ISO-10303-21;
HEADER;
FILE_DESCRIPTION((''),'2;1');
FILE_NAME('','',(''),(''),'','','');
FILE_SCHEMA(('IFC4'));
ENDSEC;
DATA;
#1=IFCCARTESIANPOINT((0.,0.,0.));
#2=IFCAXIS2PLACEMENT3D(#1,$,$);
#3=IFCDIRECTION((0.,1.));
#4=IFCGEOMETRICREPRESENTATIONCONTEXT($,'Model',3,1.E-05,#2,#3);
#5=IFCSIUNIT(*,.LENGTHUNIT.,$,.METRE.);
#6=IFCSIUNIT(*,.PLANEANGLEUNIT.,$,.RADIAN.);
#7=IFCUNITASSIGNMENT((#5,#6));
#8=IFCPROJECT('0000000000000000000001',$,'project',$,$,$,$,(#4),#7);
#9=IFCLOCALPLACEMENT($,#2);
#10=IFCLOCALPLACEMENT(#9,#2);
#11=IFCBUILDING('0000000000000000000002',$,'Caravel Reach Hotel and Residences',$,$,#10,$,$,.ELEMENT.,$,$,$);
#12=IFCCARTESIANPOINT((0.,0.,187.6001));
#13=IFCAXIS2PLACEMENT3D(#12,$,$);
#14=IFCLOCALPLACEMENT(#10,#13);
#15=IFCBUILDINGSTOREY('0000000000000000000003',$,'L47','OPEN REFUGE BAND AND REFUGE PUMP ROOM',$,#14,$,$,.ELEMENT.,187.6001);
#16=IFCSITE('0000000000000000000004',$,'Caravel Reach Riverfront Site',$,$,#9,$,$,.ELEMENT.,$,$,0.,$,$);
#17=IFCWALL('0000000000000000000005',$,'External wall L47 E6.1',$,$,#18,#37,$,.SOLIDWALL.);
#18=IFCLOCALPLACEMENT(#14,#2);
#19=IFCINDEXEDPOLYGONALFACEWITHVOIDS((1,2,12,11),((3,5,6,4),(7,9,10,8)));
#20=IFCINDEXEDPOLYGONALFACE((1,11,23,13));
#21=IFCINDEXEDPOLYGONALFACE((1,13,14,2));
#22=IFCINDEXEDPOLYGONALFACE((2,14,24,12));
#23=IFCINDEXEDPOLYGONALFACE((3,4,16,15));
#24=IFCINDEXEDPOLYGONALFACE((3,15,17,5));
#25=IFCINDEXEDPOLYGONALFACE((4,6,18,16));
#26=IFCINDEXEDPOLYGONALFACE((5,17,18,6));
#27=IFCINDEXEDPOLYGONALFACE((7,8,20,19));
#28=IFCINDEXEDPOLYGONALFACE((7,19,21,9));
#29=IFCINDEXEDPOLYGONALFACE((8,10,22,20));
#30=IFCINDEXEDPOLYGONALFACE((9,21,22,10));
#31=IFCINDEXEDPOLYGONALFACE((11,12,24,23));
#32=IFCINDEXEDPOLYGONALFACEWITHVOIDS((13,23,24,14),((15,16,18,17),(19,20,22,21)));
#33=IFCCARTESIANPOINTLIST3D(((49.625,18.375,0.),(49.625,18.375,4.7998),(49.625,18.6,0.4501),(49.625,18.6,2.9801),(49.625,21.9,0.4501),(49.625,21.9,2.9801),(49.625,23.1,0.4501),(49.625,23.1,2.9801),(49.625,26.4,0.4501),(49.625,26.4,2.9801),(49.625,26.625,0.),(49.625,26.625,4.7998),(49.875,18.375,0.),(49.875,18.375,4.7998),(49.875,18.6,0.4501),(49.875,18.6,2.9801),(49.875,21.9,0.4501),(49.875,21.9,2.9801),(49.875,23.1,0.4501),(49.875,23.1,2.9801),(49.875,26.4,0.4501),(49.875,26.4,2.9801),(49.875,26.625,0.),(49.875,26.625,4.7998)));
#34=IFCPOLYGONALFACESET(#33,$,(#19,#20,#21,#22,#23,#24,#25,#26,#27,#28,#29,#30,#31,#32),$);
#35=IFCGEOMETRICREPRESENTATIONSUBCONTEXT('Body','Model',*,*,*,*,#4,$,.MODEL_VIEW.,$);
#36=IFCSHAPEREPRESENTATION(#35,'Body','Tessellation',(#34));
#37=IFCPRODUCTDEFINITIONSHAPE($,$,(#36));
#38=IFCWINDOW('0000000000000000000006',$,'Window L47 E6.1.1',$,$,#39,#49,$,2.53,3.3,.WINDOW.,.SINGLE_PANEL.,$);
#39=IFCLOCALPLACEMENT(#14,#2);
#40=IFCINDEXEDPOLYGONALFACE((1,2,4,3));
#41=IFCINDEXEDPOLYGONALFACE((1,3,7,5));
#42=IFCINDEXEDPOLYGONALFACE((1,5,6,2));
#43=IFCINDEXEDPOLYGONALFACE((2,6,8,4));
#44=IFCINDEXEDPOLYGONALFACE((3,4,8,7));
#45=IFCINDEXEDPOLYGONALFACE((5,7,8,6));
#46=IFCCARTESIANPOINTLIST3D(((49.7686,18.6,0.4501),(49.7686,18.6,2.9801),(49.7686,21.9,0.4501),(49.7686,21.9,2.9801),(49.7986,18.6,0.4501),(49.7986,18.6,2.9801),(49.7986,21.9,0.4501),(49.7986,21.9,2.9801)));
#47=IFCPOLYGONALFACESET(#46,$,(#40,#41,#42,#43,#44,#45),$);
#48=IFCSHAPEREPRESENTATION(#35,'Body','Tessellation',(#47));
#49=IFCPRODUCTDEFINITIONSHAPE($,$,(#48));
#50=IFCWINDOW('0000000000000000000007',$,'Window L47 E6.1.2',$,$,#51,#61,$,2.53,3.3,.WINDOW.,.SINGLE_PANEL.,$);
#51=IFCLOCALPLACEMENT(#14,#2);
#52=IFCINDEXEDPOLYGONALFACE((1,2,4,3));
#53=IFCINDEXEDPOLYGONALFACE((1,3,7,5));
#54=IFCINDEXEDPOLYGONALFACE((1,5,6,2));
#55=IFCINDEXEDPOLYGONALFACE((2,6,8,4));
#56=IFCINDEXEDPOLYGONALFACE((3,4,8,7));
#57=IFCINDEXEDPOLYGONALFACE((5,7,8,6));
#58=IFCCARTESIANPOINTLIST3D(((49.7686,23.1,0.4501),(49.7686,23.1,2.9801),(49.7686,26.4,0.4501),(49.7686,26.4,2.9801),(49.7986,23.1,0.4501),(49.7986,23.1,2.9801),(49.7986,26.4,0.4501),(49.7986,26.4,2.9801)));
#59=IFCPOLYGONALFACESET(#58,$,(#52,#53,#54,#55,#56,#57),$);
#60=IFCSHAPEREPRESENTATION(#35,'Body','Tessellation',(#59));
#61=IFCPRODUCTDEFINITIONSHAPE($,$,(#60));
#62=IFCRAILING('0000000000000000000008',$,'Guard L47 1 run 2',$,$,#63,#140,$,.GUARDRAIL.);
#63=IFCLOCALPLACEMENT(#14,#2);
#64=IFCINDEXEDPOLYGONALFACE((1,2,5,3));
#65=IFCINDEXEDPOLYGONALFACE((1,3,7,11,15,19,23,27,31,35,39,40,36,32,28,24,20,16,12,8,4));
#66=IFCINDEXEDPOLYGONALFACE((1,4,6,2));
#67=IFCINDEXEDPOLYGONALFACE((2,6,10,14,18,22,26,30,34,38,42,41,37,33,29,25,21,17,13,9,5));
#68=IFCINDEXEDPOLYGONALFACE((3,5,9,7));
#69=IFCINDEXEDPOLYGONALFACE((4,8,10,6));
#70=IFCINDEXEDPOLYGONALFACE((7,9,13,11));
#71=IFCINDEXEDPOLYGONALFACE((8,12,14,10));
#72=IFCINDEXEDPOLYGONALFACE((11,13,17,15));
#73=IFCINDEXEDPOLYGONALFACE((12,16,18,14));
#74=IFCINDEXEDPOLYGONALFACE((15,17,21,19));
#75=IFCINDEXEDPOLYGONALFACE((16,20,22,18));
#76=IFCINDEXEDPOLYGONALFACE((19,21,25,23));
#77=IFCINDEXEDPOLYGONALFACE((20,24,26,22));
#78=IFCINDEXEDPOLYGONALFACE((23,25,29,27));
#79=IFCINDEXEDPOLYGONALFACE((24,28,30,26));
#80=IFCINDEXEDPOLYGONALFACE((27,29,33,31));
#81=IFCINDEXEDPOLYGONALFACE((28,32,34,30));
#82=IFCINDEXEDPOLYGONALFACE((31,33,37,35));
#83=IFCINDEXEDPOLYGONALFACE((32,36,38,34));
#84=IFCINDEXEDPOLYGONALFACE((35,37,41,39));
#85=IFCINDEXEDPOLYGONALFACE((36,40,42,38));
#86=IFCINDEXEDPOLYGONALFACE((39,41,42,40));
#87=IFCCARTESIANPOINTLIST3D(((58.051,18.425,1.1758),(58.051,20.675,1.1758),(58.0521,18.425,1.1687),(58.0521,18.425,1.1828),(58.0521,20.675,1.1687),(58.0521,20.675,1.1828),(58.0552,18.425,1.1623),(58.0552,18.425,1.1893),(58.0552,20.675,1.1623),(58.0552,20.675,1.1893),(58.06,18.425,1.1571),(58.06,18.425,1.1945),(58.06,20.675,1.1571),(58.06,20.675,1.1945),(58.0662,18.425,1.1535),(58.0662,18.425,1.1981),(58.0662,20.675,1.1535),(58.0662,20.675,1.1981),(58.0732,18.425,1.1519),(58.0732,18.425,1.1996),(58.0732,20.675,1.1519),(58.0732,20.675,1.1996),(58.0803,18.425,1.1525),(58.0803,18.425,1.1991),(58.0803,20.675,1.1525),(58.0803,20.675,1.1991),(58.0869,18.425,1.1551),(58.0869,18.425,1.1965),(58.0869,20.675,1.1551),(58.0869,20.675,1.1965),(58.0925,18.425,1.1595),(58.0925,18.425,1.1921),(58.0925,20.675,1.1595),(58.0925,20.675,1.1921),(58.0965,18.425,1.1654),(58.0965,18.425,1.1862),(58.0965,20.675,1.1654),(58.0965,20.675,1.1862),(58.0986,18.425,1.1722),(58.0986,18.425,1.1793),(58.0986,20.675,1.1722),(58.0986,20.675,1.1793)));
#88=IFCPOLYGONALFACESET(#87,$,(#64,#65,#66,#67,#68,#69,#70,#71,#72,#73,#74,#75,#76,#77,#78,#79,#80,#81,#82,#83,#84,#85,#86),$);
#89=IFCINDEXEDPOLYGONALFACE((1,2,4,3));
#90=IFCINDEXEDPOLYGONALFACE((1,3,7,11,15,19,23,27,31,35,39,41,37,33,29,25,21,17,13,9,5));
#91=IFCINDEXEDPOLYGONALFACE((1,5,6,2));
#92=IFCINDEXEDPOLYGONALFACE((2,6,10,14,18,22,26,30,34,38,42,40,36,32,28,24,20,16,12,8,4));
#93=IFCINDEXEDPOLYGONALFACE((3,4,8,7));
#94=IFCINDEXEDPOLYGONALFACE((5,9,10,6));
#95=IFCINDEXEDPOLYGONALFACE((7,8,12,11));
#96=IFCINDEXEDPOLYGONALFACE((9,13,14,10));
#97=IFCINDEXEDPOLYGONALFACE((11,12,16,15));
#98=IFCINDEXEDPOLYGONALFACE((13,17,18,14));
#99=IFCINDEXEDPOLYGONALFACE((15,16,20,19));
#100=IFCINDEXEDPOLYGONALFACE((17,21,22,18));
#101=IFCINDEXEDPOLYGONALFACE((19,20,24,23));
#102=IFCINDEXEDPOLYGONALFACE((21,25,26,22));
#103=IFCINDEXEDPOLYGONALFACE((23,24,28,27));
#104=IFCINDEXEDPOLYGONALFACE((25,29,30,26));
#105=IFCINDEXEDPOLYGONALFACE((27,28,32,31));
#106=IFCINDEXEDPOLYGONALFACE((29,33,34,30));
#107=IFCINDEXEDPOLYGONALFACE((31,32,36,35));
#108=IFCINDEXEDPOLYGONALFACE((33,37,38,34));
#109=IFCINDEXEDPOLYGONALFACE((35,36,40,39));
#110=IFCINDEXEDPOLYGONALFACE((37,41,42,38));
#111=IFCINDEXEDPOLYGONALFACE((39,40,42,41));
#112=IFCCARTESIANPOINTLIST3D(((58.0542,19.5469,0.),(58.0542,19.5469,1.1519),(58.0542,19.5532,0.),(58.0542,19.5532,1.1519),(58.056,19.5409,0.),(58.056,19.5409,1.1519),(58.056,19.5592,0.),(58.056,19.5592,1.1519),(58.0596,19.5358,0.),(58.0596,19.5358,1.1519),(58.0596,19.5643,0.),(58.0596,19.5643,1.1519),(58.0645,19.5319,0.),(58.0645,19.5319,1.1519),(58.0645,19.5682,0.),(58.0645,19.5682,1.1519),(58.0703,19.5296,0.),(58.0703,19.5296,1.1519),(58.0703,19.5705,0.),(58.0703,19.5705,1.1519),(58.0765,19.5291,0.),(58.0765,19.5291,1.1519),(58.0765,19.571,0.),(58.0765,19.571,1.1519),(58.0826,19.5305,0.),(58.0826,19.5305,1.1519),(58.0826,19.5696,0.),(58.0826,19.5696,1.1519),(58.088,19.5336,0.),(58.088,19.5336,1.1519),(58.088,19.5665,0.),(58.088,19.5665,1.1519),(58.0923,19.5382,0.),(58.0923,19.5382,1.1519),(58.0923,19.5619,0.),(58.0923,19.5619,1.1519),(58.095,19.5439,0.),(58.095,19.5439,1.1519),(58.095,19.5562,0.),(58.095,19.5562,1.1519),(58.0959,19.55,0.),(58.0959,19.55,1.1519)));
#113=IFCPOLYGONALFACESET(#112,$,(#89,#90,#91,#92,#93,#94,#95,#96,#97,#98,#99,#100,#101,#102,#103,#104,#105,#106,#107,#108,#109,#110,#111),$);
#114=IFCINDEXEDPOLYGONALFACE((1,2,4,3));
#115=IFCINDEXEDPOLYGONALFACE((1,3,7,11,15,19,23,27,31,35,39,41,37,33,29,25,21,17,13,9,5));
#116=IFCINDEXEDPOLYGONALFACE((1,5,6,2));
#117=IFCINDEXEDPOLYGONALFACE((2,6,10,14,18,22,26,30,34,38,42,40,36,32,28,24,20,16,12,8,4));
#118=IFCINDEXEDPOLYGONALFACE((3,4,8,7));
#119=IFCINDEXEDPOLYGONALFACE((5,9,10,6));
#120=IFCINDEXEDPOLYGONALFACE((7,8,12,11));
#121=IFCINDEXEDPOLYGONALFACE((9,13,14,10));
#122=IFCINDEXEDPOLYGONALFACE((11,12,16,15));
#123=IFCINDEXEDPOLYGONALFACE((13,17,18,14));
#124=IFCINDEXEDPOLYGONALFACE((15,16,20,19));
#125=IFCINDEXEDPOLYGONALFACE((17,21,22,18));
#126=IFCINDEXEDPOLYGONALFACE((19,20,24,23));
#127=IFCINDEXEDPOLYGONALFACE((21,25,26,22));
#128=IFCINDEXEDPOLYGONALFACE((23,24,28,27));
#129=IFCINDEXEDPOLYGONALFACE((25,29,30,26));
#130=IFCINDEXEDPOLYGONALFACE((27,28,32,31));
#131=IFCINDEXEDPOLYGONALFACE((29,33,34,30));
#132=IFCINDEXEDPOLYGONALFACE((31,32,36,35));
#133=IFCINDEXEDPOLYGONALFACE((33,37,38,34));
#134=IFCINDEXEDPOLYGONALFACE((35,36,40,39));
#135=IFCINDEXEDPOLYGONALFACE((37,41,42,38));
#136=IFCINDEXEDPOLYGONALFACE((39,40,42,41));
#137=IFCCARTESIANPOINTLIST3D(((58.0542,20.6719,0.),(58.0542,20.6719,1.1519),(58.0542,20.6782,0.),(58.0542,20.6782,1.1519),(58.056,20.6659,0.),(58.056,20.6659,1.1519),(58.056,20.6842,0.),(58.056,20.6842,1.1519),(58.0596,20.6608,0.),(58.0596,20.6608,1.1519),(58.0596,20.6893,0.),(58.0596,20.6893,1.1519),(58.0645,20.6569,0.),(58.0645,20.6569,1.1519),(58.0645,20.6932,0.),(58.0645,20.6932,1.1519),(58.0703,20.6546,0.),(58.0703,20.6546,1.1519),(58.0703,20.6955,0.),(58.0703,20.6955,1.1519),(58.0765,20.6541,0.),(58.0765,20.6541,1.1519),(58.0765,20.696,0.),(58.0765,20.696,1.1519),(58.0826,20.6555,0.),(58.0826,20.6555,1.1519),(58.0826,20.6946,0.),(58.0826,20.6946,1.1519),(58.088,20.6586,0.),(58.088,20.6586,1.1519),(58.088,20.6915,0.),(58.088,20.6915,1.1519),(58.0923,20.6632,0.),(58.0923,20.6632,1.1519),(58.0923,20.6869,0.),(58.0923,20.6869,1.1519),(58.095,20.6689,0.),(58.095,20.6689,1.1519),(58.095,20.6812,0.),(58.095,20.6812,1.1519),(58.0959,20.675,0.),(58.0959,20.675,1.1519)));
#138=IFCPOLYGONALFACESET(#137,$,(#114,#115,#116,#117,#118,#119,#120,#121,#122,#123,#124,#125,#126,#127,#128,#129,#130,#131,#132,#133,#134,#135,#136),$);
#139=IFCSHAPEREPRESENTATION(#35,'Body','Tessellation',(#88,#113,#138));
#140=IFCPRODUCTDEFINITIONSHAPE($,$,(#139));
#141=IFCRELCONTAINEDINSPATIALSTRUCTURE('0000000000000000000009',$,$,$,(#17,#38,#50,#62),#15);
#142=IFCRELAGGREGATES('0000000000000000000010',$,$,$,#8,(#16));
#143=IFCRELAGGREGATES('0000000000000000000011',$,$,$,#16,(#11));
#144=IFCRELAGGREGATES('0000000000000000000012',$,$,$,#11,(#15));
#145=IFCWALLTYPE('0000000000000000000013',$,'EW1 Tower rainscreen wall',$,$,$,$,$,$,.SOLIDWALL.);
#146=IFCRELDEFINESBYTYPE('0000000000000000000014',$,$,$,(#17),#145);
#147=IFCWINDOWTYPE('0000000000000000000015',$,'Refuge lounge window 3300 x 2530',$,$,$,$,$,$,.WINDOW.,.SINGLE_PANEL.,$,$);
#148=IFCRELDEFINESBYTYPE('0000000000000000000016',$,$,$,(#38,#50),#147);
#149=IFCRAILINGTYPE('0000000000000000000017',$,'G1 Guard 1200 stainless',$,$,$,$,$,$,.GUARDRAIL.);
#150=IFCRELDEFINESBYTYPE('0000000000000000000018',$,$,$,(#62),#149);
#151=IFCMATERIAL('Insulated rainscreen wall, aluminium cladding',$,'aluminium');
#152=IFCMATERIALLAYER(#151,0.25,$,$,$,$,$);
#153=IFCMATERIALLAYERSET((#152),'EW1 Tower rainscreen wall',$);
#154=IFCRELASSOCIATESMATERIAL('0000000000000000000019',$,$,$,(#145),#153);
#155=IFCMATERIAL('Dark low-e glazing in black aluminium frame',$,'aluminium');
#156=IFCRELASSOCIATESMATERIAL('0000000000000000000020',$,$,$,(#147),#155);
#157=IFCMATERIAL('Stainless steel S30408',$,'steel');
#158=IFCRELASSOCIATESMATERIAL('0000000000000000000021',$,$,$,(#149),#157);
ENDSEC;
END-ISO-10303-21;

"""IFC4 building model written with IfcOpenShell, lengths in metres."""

from ifc_helpers import new_model, si_unit, direction, frame, frame_2d, origin, origin_2d, place, context, subcontext, project, spatial, rectangle, circle, extrude, material, layer, layer_set, type_object, element, fill, save


model = new_model("IFC4")

# Units and contexts
model_context = context("Model", 3, precision=1e-05, world=origin(), true_north=direction((0.0, 1.0)))
body_context = subcontext(model_context, "Body", "Model", "MODEL_VIEW")
ifc_project = project(units=[si_unit("LENGTHUNIT", "METRE"), si_unit("PLANEANGLEUNIT", "RADIAN")], contexts=[model_context])

# Site, building, storey
site_placement = place(None, origin())
site = spatial("IfcSite", under=ifc_project, at=site_placement, Name="Caravel Reach Riverfront Site", CompositionType="ELEMENT", RefElevation=0.0)
building_placement = place(site_placement, origin())
building = spatial("IfcBuilding", under=site, at=building_placement, Name="Caravel Reach Hotel and Residences", CompositionType="ELEMENT")
storey_placement = place(building_placement, frame((0.0, 0.0, 187.6001)))
storey = spatial("IfcBuildingStorey", under=building, at=storey_placement, Name="L47", Description="OPEN REFUGE BAND AND REFUGE PUMP ROOM", CompositionType="ELEMENT", Elevation=187.6001)

# Wall, openings, windows
ifc_material_1 = material(Name="Insulated rainscreen wall, aluminium cladding", Category="aluminium")
ifc_layer = layer(ifc_material_1, 0.25)
ifc_layer_set = layer_set([ifc_layer], Name="EW1 Tower rainscreen wall")
wall_type = type_object("IfcWallType", Name="EW1 Tower rainscreen wall", PredefinedType="SOLIDWALL", material=ifc_layer_set)
wall_1_placement = place(storey_placement, frame((49.75, 18.375, 0.0), z_axis=(0.0, 0.0, 1.0), x_axis=(0.0, 1.0, 0.0)))
wall_1 = element("IfcWall", 1, at=wall_1_placement, inside=storey, type_object=wall_type, Name="External wall L47 E6.1", PredefinedType="SOLIDWALL", context=body_context, shape_type="SweptSolid", body=[
    extrude(rectangle(XDim=8.25, YDim=0.25, at=frame_2d((4.125, 0.0))), origin(), (0.0, 0.0, 1.0), 4.7998),
])
opening_1_placement = place(wall_1_placement, frame((0.2251, 0.0, 0.45)))
opening_1 = element("IfcOpeningElement", 2, at=opening_1_placement, cuts=wall_1, PredefinedType="OPENING", context=body_context, shape_type="SweptSolid", body=[
    extrude(rectangle(XDim=3.3, YDim=2.53, at=frame_2d((1.6499, 1.2651))), frame((0.0, 0.135, 0.0), z_axis=(0.0, -1.0, 0.0), x_axis=(1.0, 0.0, 0.0)), (0.0, 0.0, 1.0), 0.27),
])
opening_2_placement = place(wall_1_placement, frame((4.7251, 0.0, 0.45)))
opening_2 = element("IfcOpeningElement", 3, at=opening_2_placement, cuts=wall_1, PredefinedType="OPENING", context=body_context, shape_type="SweptSolid", body=[
    extrude(rectangle(XDim=3.3, YDim=2.53, at=frame_2d((1.6499, 1.2651))), frame((0.0, 0.135, 0.0), z_axis=(0.0, -1.0, 0.0), x_axis=(1.0, 0.0, 0.0)), (0.0, 0.0, 1.0), 0.27),
])
ifc_material_2 = material(Name="Dark low-e glazing in black aluminium frame", Category="aluminium")
window_type = type_object("IfcWindowType", Name="Refuge lounge window 3300 x 2530", PartitioningType="SINGLE_PANEL", PredefinedType="WINDOW", material=ifc_material_2)
window_1_placement = place(opening_1_placement, origin())
window_1 = element("IfcWindow", 4, at=window_1_placement, inside=storey, type_object=window_type, Name="Window L47 E6.1.1", OverallHeight=2.53, OverallWidth=3.3, PartitioningType="SINGLE_PANEL", PredefinedType="WINDOW", context=body_context, shape_type="SweptSolid", body=[
    extrude(rectangle(XDim=3.3, YDim=2.53, at=frame_2d((1.6499, 1.2651))), frame((0.0, -0.0186, 0.0), z_axis=(0.0, -1.0, 0.0), x_axis=(1.0, 0.0, 0.0)), (0.0, 0.0, 1.0), 0.03),
])
fill(opening_1, window_1)
window_2_placement = place(opening_2_placement, origin())
window_2 = element("IfcWindow", 5, at=window_2_placement, inside=storey, type_object=window_type, Name="Window L47 E6.1.2", OverallHeight=2.53, OverallWidth=3.3, PartitioningType="SINGLE_PANEL", PredefinedType="WINDOW", context=body_context, shape_type="SweptSolid", body=[
    extrude(rectangle(XDim=3.3, YDim=2.53, at=frame_2d((1.6499, 1.2651))), frame((0.0, -0.0186, 0.0), z_axis=(0.0, -1.0, 0.0), x_axis=(1.0, 0.0, 0.0)), (0.0, 0.0, 1.0), 0.03),
])
fill(opening_2, window_2)

# Railing
ifc_material_3 = material(Name="Stainless steel S30408", Category="steel")
railing_type = type_object("IfcRailingType", Name="G1 Guard 1200 stainless", PredefinedType="GUARDRAIL", material=ifc_material_3)
railing_1_placement = place(storey_placement, frame((58.075, 18.425, 0.0)))
element("IfcRailing", 6, at=railing_1_placement, inside=storey, type_object=railing_type, Name="Guard L47 1 run 2", PredefinedType="GUARDRAIL", context=body_context, shape_type="SweptSolid", body=[
    extrude(circle(Radius=0.0239, at=origin_2d()), frame((0.0, 0.0, 1.1758), z_axis=(0.0, 1.0, 0.0), x_axis=(-1.0, 0.0, 0.0)), (0.0, 0.0, 1.0), 2.25),
    extrude(circle(Radius=0.021, at=origin_2d()), frame((0.0, 1.125, 0.0)), (0.0, 0.0, 1.0), 1.1519),
    extrude(circle(Radius=0.021, at=origin_2d()), frame((0.0, 2.25, 0.0)), (0.0, 0.0, 1.0), 1.1519),
])

save(model, "model.ifc")
